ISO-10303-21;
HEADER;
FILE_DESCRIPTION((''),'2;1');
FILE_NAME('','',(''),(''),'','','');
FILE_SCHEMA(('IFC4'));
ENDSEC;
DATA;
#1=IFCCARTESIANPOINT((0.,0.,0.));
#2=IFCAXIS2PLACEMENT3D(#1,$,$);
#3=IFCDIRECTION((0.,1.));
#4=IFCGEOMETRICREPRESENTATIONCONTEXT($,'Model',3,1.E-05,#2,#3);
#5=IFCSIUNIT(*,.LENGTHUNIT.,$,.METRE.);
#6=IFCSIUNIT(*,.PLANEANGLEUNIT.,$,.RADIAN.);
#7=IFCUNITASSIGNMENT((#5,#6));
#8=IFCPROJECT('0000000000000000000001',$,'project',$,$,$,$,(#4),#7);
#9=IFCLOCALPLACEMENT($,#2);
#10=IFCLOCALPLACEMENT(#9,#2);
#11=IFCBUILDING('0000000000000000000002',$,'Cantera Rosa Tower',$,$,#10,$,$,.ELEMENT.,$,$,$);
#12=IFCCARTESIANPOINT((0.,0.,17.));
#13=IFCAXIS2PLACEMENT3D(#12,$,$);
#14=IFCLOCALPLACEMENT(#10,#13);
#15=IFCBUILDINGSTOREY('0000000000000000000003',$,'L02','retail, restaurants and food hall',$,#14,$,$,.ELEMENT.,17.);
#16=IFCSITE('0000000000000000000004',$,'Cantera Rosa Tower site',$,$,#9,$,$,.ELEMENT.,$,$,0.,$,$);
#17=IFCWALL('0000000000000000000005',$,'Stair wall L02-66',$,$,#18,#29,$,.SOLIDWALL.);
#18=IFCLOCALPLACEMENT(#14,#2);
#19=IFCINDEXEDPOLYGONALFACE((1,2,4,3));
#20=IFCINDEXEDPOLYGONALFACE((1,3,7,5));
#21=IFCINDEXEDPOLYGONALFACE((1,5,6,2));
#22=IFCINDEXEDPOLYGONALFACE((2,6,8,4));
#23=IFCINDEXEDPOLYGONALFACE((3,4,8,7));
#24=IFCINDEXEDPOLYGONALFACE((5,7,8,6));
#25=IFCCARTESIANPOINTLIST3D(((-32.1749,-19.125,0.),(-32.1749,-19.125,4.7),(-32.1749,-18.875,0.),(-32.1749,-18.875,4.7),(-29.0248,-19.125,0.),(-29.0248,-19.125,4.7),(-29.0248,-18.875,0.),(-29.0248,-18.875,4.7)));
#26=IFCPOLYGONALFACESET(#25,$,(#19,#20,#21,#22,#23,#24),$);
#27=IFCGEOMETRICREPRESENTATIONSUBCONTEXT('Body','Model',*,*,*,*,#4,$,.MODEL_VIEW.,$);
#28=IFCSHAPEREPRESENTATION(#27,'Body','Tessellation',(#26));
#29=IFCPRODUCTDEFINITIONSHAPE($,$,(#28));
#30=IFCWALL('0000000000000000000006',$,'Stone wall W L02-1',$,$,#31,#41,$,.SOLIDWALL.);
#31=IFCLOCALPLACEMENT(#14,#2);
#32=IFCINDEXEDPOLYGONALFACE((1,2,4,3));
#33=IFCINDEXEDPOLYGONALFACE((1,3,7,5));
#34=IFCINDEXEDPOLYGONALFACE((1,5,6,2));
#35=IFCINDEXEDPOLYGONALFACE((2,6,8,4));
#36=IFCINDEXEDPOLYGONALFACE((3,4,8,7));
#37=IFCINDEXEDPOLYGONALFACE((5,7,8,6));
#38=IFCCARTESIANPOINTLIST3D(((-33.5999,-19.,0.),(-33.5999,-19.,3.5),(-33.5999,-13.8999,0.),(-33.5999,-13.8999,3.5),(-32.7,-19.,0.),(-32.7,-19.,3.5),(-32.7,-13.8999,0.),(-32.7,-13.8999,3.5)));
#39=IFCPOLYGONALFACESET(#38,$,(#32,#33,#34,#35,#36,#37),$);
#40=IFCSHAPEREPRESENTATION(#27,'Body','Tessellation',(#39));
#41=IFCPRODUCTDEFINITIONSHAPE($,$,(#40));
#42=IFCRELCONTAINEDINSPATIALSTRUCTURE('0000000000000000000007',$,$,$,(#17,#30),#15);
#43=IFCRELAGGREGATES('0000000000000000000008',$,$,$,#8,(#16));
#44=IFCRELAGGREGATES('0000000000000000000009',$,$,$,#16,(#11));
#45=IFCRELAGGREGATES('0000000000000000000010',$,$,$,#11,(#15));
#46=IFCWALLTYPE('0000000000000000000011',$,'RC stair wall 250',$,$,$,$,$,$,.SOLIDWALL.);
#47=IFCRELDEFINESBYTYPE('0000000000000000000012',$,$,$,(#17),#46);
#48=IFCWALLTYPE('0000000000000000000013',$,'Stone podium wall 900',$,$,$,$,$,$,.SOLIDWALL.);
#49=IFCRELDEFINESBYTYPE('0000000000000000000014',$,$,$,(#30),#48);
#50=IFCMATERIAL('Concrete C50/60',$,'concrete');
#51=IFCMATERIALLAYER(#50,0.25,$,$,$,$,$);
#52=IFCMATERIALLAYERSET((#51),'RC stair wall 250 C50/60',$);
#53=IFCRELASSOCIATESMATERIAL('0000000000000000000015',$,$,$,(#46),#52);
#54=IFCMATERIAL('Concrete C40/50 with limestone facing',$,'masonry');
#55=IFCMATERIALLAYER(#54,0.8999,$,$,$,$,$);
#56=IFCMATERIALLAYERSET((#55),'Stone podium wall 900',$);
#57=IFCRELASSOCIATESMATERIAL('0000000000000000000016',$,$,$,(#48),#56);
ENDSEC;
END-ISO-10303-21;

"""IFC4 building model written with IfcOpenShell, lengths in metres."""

from ifc_helpers import new_model, si_unit, direction, frame, frame_2d, origin, place, context, subcontext, project, spatial, rectangle, extrude, material, layer, layer_set, type_object, element, save


model = new_model("IFC4")

# Units and contexts
model_context = context("Model", 3, precision=1e-05, world=origin(), true_north=direction((0.0, 1.0)))
body_context = subcontext(model_context, "Body", "Model", "MODEL_VIEW")
ifc_project = project(units=[si_unit("LENGTHUNIT", "METRE"), si_unit("PLANEANGLEUNIT", "RADIAN")], contexts=[model_context])

# Site, building, storey
site_placement = place(None, origin())
site = spatial("IfcSite", under=ifc_project, at=site_placement, Name="Cantera Rosa Tower site", CompositionType="ELEMENT", RefElevation=0.0)
building_placement = place(site_placement, origin())
building = spatial("IfcBuilding", under=site, at=building_placement, Name="Cantera Rosa Tower", CompositionType="ELEMENT")
storey_placement = place(building_placement, frame((0.0, 0.0, 17.0)))
storey = spatial("IfcBuildingStorey", under=building, at=storey_placement, Name="L02", Description="retail, restaurants and food hall", CompositionType="ELEMENT", Elevation=17.0)

# Walls
ifc_material_1 = material(Name="Concrete C50/60", Category="concrete")
ifc_layer_1 = layer(ifc_material_1, 0.25)
ifc_layer_set_1 = layer_set([ifc_layer_1], Name="RC stair wall 250 C50/60")
wall_type_1 = type_object("IfcWallType", Name="RC stair wall 250", PredefinedType="SOLIDWALL", material=ifc_layer_set_1)
wall_1_placement = place(storey_placement, frame((-32.175, -19.0, 0.0), z_axis=(0.0, 0.0, 1.0), x_axis=(1.0, 0.0, 0.0)))
element("IfcWall", 1, at=wall_1_placement, inside=storey, type_object=wall_type_1, Name="Stair wall L02-66", PredefinedType="SOLIDWALL", context=body_context, shape_type="SweptSolid", body=[
    extrude(rectangle(XDim=3.1501, YDim=0.25, at=frame_2d((1.5752, 0.0))), origin(), (0.0, 0.0, 1.0), 4.7),
])
ifc_material_2 = material(Name="Concrete C40/50 with limestone facing", Category="masonry")
ifc_layer_2 = layer(ifc_material_2, 0.8999)
ifc_layer_set_2 = layer_set([ifc_layer_2], Name="Stone podium wall 900")
wall_type_2 = type_object("IfcWallType", Name="Stone podium wall 900", PredefinedType="SOLIDWALL", material=ifc_layer_set_2)
wall_2_placement = place(storey_placement, frame((-33.1499, -13.8999, 0.0), z_axis=(0.0, 0.0, 1.0), x_axis=(0.0, -1.0, 0.0)))
element("IfcWall", 2, at=wall_2_placement, inside=storey, type_object=wall_type_2, Name="Stone wall W L02-1", PredefinedType="SOLIDWALL", context=body_context, shape_type="SweptSolid", body=[
    extrude(rectangle(XDim=5.1001, YDim=0.8999, at=frame_2d((2.55, 0.0))), origin(), (0.0, 0.0, 1.0), 3.5),
])

save(model, "model.ifc")
